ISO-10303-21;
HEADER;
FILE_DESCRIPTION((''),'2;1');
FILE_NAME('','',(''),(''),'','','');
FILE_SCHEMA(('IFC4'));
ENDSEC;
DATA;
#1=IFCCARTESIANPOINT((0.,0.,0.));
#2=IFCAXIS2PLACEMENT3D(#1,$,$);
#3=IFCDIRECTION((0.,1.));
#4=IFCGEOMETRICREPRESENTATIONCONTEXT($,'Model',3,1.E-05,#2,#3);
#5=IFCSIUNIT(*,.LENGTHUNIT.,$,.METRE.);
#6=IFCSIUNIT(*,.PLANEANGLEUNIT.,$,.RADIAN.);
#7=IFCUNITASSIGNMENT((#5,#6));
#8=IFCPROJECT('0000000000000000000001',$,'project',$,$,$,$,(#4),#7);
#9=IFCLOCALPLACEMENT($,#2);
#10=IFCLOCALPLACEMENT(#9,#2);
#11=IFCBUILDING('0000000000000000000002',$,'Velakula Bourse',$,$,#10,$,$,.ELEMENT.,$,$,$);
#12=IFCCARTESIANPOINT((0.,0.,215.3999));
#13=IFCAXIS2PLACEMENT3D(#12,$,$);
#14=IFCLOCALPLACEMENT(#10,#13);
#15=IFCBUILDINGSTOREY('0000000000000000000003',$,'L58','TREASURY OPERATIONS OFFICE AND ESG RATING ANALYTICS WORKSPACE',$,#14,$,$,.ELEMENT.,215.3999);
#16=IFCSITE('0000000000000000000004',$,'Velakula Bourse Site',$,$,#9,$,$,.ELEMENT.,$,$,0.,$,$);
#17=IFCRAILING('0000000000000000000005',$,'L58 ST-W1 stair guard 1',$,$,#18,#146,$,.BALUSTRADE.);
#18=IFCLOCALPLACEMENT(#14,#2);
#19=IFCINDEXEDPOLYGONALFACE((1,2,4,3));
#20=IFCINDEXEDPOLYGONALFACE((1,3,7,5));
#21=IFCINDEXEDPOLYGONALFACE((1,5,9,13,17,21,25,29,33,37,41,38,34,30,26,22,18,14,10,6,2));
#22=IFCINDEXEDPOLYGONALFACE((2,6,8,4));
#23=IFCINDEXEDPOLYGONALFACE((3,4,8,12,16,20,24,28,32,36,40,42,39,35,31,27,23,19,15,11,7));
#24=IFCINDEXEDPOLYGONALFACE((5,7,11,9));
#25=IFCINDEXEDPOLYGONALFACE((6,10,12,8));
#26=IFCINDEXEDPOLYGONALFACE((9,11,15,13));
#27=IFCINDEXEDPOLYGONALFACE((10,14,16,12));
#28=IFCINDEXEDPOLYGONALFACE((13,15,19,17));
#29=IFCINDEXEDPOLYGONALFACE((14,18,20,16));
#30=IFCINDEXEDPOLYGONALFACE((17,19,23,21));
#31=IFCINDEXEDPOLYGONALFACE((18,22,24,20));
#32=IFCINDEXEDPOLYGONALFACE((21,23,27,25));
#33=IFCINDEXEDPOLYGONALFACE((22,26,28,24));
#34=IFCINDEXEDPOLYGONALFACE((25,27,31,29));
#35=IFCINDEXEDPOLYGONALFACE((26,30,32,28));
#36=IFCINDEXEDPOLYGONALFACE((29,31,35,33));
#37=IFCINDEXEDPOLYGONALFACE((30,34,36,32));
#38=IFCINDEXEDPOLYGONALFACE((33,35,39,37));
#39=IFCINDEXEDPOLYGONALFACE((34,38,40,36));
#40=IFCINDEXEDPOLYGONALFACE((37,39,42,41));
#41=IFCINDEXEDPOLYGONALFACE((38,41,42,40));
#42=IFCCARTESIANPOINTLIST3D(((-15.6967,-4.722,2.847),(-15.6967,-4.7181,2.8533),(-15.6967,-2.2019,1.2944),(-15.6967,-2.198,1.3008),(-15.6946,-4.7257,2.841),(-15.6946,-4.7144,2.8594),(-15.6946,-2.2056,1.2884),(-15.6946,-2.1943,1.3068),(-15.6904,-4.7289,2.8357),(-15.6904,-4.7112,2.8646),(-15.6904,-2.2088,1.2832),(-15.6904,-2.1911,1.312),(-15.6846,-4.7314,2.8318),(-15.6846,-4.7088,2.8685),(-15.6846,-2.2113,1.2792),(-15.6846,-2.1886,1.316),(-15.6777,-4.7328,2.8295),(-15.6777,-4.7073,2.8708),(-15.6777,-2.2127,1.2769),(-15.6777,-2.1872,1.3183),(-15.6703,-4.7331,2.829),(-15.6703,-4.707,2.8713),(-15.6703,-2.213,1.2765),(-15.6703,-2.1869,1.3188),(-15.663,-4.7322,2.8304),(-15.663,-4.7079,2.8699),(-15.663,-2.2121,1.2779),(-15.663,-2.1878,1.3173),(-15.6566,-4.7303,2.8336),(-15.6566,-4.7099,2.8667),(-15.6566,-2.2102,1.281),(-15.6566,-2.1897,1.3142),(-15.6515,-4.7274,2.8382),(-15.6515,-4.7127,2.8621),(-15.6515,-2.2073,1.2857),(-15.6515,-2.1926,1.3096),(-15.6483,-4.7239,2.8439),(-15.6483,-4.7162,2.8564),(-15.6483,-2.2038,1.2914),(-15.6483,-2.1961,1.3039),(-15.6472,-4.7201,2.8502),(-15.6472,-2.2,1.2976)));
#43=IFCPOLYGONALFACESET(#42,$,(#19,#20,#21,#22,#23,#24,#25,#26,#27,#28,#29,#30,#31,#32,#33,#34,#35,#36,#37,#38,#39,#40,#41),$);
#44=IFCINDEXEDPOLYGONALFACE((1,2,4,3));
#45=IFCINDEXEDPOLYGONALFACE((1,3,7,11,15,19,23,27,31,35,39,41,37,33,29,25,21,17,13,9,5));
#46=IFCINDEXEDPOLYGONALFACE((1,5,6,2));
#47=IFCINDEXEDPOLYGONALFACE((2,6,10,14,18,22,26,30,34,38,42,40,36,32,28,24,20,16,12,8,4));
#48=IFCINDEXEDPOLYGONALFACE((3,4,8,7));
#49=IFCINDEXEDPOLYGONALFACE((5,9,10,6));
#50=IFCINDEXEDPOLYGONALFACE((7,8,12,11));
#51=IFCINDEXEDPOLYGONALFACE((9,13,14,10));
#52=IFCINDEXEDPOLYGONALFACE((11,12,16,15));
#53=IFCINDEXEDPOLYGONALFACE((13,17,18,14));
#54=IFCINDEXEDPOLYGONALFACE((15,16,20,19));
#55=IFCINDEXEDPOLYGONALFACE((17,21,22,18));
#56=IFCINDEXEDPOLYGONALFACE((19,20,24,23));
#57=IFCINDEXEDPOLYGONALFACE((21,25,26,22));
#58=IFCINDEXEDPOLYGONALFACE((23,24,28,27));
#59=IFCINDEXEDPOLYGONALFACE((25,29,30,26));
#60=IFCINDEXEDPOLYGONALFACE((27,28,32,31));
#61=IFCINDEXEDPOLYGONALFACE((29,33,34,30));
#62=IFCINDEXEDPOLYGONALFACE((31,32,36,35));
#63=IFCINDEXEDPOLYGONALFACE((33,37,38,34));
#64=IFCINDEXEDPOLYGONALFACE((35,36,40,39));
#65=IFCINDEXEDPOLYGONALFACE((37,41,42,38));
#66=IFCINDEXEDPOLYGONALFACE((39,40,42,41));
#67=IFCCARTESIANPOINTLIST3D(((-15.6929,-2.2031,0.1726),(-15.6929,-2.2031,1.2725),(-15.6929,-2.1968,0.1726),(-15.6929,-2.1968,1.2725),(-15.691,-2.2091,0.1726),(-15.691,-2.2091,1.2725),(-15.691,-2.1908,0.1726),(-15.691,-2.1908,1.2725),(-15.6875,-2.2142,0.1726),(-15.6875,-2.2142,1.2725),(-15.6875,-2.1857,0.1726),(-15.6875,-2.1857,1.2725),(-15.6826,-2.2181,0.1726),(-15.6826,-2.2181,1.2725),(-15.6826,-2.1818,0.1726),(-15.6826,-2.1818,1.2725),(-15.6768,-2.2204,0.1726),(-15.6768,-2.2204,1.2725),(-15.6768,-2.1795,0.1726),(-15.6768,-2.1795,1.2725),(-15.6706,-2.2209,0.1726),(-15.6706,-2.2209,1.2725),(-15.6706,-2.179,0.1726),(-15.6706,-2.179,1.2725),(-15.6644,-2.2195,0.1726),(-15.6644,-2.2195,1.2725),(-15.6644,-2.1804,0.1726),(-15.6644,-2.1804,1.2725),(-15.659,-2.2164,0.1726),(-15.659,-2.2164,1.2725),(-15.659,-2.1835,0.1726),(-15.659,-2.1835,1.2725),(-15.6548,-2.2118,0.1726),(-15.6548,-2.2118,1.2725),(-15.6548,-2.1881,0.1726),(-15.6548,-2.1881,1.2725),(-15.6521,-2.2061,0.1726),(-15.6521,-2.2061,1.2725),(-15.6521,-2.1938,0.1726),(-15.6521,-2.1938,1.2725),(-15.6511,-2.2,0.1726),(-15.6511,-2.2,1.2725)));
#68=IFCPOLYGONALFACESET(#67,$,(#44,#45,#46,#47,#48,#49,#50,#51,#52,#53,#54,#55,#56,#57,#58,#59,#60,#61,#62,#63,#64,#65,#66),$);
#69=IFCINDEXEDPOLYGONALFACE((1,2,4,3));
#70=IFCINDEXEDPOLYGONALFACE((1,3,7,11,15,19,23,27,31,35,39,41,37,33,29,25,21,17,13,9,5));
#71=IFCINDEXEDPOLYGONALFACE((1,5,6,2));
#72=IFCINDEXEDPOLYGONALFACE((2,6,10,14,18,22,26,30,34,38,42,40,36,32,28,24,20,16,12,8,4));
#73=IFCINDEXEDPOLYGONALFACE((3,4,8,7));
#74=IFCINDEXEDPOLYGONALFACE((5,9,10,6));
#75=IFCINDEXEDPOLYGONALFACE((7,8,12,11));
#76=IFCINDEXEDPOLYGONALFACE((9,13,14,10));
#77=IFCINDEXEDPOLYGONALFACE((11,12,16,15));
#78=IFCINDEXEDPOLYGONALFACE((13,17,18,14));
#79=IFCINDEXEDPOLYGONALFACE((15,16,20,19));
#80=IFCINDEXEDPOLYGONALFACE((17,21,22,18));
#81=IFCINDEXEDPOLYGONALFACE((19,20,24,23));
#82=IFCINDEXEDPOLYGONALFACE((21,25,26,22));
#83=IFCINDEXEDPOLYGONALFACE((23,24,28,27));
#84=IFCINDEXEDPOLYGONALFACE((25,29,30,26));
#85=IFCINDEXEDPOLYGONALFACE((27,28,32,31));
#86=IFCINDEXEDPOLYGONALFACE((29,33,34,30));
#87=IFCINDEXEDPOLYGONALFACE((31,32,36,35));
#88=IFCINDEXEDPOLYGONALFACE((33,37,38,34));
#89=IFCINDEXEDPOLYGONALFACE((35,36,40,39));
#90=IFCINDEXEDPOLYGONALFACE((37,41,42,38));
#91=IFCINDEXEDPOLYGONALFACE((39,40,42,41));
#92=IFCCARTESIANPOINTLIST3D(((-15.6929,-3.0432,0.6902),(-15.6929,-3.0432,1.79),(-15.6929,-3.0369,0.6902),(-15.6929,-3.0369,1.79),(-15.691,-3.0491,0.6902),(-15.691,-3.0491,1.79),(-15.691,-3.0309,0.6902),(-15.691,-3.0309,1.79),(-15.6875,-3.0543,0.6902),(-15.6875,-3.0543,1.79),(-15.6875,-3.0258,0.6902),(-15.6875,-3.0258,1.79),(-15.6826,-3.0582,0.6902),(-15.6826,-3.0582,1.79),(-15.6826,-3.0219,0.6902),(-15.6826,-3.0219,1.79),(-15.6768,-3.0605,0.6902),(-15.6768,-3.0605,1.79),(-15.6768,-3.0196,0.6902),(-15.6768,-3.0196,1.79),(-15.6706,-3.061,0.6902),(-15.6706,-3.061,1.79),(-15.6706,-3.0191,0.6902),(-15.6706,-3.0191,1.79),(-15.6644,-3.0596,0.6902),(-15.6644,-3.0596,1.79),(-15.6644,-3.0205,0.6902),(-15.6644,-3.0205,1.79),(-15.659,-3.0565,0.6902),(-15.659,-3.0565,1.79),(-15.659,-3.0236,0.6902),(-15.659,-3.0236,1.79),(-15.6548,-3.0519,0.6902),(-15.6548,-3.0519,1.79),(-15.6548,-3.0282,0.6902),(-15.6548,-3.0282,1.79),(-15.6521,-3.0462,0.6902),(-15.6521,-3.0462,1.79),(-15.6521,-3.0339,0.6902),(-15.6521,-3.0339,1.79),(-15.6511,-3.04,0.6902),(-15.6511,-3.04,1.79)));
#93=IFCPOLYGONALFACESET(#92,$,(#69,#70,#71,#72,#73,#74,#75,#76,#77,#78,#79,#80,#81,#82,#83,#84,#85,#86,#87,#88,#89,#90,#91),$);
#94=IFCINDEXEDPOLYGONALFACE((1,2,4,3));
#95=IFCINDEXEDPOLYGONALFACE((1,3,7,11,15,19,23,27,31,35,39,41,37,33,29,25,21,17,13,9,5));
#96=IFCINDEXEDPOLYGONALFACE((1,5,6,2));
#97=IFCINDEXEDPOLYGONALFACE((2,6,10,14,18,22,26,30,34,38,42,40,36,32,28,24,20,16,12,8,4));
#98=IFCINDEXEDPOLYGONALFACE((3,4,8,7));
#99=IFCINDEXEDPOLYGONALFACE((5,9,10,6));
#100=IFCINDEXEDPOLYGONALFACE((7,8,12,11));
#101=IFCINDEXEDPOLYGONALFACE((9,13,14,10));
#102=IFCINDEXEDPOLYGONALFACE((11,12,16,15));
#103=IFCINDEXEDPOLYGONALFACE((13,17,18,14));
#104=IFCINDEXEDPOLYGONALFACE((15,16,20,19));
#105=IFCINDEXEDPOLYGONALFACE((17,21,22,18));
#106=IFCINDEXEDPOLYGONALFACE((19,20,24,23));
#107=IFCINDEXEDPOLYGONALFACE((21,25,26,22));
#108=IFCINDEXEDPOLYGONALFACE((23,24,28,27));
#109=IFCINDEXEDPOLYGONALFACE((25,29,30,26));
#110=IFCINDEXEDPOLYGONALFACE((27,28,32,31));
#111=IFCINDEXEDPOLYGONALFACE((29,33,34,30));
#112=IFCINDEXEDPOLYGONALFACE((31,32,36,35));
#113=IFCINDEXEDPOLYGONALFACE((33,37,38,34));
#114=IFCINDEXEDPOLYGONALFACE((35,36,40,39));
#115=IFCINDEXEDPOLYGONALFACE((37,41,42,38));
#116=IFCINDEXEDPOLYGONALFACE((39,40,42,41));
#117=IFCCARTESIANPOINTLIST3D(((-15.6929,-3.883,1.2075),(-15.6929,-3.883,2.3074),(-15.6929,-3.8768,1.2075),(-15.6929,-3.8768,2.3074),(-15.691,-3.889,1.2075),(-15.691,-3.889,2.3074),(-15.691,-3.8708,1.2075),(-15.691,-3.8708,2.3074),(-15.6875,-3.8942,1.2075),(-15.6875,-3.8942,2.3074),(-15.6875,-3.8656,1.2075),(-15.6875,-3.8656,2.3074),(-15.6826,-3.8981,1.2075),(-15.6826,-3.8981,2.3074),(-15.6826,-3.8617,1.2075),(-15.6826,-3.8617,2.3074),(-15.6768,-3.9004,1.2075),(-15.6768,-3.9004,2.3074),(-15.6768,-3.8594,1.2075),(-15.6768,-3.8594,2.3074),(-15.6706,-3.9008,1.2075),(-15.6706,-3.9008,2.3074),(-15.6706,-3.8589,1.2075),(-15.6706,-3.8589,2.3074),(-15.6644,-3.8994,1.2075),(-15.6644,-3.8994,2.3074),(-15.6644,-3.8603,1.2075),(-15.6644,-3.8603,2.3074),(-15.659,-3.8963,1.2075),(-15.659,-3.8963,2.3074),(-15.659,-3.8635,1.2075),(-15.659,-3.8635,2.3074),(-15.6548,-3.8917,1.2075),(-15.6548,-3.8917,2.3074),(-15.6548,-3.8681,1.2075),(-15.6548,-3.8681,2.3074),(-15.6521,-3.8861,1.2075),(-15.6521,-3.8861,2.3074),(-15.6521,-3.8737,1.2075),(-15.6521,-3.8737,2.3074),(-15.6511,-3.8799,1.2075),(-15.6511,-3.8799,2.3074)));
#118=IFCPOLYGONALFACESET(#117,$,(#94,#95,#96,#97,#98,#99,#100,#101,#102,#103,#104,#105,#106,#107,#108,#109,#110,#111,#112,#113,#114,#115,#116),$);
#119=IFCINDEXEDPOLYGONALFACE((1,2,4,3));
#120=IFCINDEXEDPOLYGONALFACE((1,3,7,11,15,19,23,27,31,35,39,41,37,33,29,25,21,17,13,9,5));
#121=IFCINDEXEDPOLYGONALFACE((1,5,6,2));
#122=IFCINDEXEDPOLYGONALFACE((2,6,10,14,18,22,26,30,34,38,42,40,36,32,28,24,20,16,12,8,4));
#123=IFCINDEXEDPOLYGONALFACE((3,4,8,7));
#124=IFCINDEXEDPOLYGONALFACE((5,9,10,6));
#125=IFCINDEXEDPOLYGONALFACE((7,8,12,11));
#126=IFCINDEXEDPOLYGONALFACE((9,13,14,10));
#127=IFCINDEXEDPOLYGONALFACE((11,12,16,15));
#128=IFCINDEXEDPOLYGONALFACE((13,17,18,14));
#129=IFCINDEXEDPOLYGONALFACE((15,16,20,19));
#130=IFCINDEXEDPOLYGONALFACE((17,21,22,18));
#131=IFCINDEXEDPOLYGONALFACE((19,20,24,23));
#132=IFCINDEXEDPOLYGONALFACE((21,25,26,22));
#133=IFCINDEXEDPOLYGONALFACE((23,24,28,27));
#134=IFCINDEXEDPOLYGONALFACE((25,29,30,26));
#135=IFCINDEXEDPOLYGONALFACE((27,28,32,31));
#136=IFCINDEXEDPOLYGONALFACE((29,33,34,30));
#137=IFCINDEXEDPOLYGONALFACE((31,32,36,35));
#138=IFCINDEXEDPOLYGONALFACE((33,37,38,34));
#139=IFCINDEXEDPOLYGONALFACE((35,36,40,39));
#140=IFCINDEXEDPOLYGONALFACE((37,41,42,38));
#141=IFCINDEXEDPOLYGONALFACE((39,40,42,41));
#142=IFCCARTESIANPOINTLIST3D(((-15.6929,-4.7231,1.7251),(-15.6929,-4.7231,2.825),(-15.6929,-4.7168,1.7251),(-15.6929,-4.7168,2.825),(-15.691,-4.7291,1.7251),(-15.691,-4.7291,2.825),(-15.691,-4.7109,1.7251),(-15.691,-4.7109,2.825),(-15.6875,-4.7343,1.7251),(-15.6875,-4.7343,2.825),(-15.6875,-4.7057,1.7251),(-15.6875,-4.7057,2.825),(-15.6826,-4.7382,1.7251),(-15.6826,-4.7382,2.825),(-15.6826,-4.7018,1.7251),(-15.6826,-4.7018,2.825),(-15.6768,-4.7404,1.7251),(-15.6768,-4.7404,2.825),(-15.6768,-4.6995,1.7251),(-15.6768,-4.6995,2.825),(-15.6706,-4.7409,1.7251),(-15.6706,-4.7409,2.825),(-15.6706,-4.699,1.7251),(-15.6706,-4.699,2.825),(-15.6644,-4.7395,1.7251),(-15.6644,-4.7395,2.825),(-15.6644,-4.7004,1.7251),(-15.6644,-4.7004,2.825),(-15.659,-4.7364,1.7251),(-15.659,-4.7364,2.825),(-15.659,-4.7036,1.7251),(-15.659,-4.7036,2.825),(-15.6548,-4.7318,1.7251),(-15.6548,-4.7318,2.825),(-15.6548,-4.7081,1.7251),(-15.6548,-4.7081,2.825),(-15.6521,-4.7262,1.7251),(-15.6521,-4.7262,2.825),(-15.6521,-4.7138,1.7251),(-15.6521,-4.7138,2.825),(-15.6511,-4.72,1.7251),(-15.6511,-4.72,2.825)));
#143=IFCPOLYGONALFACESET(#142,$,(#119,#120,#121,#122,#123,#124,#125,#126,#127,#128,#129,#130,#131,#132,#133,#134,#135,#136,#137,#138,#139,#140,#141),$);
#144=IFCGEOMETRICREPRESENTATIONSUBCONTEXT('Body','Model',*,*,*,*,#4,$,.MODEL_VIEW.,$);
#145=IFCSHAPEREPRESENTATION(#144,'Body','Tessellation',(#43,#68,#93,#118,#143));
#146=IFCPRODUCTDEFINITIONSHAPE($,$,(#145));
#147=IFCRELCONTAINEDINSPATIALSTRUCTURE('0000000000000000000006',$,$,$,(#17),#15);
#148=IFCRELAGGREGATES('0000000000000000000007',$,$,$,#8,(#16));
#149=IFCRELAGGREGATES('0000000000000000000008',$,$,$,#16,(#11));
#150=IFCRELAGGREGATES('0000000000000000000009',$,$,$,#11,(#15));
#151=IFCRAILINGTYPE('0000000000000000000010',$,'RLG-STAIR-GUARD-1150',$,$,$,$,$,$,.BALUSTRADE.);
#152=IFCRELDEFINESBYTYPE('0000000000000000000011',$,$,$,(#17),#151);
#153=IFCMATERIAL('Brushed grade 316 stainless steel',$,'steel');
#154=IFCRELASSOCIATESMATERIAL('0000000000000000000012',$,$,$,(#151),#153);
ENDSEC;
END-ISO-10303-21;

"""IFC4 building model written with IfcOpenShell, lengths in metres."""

from ifc_helpers import new_model, si_unit, direction, frame, origin, origin_2d, place, context, subcontext, project, spatial, circle, extrude, material, type_object, element, save


model = new_model("IFC4")

# Units and contexts
model_context = context("Model", 3, precision=1e-05, world=origin(), true_north=direction((0.0, 1.0)))
body_context = subcontext(model_context, "Body", "Model", "MODEL_VIEW")
ifc_project = project(units=[si_unit("LENGTHUNIT", "METRE"), si_unit("PLANEANGLEUNIT", "RADIAN")], contexts=[model_context])

# Site, building, storey
site_placement = place(None, origin())
site = spatial("IfcSite", under=ifc_project, at=site_placement, Name="Velakula Bourse Site", CompositionType="ELEMENT", RefElevation=0.0)
building_placement = place(site_placement, origin())
building = spatial("IfcBuilding", under=site, at=building_placement, Name="Velakula Bourse", CompositionType="ELEMENT")
storey_placement = place(building_placement, frame((0.0, 0.0, 215.3999)))
storey = spatial("IfcBuildingStorey", under=building, at=storey_placement, Name="L58", Description="TREASURY OPERATIONS OFFICE AND ESG RATING ANALYTICS WORKSPACE", CompositionType="ELEMENT", Elevation=215.3999)

# Shared definitions
ifc_material_1 = material(Name="Brushed grade 316 stainless steel", Category="steel")

# Railing
railing_type_1 = type_object("IfcRailingType", Name="RLG-STAIR-GUARD-1150", PredefinedType="BALUSTRADE", material=ifc_material_1)
railing_1_placement = place(storey_placement, frame((-15.6721, -2.2, 0.1726)))
element("IfcRailing", 1, at=railing_1_placement, inside=storey, type_object=railing_type_1, Name="L58 ST-W1 stair guard 1", PredefinedType="BALUSTRADE", context=body_context, shape_type="SweptSolid", body=[
    extrude(circle(Radius=0.0249, at=origin_2d()), frame((0.0, 0.0, 1.125), z_axis=(0.0, -0.8514, 0.524516), x_axis=(1.0, 0.0, 0.0)), (0.0, 0.0, 1.0), 2.96),
    extrude(circle(Radius=0.021, at=origin_2d()), origin(), (0.0, 0.0, 1.0), 1.0999),
    extrude(circle(Radius=0.021, at=origin_2d()), frame((0.0, -0.8401, 0.5176)), (0.0, 0.0, 1.0), 1.0999),
    extrude(circle(Radius=0.021, at=origin_2d()), frame((0.0, -1.6799, 1.0349)), (0.0, 0.0, 1.0), 1.0999),
    extrude(circle(Radius=0.021, at=origin_2d()), frame((0.0, -2.52, 1.5525)), (0.0, 0.0, 1.0), 1.0999),
])

save(model, "model.ifc")
